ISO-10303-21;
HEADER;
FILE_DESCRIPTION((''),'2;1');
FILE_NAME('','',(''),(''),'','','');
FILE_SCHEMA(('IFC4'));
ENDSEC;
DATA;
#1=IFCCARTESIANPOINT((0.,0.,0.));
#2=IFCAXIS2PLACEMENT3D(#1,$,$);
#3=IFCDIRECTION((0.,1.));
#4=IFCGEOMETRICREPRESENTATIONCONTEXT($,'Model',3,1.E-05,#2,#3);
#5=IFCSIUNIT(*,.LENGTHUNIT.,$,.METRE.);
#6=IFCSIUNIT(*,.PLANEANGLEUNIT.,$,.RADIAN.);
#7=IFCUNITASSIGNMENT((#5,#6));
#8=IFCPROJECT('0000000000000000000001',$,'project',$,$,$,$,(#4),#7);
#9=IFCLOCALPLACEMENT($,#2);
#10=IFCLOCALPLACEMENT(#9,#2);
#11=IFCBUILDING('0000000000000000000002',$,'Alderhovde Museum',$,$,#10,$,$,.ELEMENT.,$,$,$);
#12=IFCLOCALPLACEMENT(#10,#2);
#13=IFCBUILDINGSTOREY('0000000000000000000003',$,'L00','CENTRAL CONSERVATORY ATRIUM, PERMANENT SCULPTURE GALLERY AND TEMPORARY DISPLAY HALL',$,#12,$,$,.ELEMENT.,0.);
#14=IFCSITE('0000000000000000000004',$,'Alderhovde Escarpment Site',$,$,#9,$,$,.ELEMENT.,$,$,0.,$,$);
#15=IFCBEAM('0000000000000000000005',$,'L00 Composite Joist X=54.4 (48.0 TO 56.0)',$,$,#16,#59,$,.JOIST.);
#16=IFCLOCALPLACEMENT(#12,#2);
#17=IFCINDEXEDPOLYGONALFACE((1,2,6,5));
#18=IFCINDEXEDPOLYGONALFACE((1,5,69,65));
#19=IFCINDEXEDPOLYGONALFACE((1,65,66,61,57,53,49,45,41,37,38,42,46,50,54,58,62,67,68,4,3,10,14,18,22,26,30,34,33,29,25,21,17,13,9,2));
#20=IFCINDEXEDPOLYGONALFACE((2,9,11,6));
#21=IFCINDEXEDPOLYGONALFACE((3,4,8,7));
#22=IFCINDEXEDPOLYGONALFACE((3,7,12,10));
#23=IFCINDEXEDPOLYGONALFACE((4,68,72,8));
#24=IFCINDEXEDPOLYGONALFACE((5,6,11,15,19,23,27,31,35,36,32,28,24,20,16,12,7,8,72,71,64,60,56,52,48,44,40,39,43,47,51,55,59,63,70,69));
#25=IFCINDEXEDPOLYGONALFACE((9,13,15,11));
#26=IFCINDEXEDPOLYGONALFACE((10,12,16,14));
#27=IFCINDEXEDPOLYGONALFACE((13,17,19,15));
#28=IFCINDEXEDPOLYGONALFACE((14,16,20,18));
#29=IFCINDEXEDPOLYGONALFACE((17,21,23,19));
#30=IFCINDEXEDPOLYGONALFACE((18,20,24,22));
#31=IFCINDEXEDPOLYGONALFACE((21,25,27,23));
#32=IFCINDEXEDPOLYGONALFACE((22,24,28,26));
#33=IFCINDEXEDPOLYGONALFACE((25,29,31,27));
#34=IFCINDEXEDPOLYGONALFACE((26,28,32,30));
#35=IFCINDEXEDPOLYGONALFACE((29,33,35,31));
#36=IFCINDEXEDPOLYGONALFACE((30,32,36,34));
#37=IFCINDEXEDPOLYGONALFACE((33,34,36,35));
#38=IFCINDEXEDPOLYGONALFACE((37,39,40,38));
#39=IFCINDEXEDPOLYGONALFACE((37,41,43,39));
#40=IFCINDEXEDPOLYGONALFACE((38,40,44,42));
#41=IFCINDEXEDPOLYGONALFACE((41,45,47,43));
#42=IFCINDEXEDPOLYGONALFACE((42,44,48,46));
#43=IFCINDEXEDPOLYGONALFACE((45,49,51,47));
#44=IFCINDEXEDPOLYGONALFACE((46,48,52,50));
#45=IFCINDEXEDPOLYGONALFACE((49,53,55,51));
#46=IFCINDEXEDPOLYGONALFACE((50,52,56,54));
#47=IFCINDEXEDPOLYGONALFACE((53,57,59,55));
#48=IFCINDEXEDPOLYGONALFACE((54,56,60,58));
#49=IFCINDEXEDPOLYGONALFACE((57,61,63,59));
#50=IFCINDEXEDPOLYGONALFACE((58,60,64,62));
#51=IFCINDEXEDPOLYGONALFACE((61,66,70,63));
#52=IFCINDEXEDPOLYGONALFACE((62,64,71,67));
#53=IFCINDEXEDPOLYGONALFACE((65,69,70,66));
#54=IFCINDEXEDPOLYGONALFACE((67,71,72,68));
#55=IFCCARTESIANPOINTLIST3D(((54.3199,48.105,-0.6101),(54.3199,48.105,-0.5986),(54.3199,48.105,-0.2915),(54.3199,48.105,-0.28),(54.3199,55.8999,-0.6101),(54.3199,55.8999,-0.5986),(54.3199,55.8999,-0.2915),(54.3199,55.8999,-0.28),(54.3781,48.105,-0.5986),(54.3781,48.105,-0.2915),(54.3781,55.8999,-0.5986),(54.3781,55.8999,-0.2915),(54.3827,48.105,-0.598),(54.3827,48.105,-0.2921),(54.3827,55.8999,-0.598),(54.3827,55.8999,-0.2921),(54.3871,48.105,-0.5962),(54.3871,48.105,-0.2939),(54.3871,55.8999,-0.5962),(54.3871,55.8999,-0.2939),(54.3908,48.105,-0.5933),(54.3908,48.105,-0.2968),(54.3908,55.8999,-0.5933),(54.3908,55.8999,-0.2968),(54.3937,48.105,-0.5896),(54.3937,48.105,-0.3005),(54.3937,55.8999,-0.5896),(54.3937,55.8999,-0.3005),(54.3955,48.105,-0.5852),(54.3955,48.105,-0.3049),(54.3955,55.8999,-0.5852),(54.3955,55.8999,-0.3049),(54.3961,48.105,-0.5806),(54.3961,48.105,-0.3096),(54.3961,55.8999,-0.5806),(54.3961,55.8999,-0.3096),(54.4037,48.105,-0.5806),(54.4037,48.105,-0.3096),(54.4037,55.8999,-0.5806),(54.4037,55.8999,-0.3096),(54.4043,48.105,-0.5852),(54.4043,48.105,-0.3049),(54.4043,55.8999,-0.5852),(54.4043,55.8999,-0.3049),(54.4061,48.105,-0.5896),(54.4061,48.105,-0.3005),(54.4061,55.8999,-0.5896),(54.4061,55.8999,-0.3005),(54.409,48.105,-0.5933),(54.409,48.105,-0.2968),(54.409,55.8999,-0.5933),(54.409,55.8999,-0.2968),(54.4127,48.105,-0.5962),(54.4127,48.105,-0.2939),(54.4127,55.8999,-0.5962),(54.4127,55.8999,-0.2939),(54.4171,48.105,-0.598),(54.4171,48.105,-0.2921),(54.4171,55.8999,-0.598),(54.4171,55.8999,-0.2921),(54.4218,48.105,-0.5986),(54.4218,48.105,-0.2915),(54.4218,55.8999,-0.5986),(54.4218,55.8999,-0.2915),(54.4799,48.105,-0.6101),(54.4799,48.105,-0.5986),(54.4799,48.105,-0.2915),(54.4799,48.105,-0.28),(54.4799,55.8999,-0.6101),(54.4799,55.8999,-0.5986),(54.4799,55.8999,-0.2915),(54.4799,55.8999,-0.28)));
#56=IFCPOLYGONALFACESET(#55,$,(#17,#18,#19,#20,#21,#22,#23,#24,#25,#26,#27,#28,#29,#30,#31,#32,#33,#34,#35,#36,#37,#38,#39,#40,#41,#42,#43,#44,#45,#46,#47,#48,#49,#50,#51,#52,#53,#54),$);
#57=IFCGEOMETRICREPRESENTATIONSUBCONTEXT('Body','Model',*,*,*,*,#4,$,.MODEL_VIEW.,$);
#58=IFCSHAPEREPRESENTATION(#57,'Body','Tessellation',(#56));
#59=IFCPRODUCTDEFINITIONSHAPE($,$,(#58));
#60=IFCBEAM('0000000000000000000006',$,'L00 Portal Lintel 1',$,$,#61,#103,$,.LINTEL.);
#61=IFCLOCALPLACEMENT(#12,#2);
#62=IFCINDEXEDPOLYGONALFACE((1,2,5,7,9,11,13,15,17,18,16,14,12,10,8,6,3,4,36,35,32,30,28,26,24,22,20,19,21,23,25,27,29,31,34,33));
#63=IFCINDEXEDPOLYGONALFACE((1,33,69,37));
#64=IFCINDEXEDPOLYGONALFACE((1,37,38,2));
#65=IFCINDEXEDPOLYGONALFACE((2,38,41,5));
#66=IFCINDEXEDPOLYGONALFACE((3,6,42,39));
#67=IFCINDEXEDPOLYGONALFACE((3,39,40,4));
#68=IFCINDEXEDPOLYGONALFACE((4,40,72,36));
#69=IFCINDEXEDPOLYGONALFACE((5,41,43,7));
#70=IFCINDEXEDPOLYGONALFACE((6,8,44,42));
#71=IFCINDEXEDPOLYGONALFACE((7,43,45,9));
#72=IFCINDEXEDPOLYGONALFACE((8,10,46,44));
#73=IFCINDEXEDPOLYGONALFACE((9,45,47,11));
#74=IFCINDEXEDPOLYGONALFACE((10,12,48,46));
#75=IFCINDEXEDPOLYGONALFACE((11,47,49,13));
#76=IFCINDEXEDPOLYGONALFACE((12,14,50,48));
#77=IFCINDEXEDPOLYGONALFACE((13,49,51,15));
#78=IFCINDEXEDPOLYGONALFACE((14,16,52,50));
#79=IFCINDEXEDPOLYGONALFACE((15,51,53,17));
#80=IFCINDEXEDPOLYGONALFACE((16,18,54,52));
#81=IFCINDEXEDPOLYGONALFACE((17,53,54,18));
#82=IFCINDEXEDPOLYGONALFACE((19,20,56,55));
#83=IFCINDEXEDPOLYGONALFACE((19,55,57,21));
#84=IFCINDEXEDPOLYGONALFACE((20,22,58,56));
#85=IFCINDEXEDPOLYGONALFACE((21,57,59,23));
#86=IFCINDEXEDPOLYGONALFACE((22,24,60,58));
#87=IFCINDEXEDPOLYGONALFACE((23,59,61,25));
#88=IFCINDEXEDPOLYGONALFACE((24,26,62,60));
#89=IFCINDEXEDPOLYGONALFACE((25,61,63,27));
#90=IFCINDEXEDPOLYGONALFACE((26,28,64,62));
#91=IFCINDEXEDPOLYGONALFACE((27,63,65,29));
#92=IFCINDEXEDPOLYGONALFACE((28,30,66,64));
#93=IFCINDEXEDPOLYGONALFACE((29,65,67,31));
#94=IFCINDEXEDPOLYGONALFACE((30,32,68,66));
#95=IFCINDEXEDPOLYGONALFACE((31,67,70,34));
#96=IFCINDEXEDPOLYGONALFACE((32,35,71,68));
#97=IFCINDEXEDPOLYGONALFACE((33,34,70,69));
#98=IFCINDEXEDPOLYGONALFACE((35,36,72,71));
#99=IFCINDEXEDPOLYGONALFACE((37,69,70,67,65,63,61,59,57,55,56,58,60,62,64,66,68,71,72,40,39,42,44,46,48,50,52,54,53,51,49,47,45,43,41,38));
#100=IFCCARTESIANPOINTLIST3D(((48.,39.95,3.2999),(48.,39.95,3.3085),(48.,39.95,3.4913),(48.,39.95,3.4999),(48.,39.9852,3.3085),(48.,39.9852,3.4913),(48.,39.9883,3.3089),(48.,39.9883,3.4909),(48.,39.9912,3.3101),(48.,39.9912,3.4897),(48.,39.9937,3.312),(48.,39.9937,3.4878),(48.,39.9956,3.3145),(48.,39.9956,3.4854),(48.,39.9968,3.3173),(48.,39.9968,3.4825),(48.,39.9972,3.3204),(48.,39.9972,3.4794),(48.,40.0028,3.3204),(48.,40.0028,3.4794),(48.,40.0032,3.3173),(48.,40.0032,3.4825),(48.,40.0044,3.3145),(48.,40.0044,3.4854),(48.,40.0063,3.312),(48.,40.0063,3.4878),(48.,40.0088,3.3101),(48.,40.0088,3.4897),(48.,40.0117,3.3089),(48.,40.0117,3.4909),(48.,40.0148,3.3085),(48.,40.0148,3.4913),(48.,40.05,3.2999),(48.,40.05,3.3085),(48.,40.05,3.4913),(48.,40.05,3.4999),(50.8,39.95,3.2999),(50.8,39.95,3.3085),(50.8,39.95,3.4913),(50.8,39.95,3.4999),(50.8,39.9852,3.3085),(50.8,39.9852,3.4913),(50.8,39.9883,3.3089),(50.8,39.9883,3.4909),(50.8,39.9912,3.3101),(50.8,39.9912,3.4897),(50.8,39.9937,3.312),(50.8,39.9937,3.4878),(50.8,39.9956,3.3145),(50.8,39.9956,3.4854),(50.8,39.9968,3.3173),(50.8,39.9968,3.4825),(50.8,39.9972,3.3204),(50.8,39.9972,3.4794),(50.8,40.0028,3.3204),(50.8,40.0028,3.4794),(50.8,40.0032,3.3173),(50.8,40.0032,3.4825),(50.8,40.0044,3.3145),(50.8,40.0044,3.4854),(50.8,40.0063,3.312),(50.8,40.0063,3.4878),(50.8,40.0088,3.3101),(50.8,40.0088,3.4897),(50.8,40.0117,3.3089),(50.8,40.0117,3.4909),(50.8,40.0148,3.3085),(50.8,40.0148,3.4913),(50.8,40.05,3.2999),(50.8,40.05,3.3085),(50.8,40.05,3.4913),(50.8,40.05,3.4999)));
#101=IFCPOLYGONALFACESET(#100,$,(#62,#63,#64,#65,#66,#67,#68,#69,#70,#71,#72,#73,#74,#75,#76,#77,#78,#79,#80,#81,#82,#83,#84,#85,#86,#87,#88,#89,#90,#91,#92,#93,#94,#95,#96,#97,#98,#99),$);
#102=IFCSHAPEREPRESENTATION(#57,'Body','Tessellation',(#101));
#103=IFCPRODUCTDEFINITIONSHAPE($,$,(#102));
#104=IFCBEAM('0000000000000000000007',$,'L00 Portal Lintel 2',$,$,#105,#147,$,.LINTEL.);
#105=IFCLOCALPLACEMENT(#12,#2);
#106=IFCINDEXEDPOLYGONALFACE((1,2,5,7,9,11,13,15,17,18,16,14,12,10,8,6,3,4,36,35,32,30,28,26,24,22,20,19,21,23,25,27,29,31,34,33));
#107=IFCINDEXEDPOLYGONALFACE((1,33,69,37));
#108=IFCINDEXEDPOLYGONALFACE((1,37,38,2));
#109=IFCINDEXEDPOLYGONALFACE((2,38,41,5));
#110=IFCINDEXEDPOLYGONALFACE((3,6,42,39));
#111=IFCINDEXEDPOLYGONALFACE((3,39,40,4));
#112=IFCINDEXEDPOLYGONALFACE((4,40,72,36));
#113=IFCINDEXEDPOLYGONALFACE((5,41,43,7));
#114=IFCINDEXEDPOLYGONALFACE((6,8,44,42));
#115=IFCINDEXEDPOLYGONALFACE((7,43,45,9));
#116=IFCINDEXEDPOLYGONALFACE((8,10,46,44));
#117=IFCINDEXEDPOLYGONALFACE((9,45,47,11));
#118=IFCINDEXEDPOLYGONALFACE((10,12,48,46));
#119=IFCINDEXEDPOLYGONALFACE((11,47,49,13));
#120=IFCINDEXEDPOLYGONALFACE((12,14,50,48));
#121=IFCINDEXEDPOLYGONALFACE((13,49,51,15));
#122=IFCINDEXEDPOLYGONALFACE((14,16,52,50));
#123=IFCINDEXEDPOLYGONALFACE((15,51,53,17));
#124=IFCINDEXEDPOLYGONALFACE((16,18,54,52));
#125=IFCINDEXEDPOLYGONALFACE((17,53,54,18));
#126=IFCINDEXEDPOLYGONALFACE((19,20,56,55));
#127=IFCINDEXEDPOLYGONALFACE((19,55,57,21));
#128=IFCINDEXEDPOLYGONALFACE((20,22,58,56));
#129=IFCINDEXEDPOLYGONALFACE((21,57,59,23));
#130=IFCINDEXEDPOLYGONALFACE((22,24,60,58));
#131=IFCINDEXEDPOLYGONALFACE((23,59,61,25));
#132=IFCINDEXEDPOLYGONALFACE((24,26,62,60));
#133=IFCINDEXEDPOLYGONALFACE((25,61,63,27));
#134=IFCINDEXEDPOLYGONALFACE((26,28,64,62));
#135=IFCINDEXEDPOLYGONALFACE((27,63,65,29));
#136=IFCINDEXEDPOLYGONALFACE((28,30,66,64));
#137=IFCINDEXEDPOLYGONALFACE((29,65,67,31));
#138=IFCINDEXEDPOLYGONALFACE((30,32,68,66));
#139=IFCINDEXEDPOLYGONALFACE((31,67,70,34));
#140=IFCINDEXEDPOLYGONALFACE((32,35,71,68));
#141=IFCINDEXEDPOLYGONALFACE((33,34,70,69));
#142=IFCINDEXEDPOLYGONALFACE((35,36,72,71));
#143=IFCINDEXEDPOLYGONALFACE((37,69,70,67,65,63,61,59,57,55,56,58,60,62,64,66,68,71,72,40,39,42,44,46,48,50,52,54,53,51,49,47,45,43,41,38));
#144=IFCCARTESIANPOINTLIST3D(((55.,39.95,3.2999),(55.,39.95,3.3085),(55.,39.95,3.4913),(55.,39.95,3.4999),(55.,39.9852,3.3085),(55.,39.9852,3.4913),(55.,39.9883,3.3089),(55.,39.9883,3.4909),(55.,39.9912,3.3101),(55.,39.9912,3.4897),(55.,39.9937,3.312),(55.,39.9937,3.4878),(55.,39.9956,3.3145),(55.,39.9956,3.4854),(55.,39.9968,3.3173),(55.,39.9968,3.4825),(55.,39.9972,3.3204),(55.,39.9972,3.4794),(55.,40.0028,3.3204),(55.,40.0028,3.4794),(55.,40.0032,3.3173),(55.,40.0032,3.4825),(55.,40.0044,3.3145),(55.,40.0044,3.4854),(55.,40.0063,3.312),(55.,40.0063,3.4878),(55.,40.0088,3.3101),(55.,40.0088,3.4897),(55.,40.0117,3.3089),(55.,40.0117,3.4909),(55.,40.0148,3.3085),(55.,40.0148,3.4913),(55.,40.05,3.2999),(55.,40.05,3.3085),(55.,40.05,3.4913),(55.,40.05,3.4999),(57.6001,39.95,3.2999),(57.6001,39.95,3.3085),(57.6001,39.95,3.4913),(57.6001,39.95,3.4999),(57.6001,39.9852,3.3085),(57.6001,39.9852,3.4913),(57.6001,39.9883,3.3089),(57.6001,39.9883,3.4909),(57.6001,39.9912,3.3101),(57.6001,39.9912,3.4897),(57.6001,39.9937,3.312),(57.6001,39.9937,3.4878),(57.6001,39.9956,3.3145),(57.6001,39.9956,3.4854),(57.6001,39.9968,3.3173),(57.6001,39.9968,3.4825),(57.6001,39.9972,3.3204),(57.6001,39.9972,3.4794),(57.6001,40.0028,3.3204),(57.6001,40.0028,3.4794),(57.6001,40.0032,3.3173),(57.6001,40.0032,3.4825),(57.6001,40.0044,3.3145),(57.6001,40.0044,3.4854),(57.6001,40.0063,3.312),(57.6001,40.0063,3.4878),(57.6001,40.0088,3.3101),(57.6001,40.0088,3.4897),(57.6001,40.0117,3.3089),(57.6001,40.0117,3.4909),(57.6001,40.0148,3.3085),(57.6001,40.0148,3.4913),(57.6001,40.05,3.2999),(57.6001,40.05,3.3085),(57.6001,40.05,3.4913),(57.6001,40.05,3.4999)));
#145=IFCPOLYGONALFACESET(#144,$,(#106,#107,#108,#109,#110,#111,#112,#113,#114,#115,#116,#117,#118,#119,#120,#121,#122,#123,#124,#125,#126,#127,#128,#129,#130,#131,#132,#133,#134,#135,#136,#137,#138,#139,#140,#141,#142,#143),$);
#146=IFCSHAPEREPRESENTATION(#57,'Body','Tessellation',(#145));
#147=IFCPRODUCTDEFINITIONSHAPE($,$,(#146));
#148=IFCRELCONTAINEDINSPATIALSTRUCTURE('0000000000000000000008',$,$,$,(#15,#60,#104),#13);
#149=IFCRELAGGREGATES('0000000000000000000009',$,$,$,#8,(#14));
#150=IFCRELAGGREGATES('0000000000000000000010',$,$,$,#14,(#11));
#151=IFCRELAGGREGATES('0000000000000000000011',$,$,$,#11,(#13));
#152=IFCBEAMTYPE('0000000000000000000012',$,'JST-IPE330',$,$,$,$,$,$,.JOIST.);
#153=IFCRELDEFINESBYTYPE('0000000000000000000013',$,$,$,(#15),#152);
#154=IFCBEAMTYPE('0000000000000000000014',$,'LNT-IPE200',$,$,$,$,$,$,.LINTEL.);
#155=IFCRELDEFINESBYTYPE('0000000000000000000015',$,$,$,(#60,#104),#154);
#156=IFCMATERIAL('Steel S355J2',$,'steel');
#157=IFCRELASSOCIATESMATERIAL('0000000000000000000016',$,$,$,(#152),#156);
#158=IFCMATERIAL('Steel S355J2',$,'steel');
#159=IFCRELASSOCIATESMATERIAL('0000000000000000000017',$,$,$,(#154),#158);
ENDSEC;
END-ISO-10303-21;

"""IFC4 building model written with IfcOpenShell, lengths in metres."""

from ifc_helpers import new_model, si_unit, direction, frame, origin, origin_2d, place, context, subcontext, project, spatial, i_section, extrude, material, material_profile, profile_set, type_object, element, save


model = new_model("IFC4")

# Units and contexts
model_context = context("Model", 3, precision=1e-05, world=origin(), true_north=direction((0.0, 1.0)))
body_context = subcontext(model_context, "Body", "Model", "MODEL_VIEW")
ifc_project = project(units=[si_unit("LENGTHUNIT", "METRE"), si_unit("PLANEANGLEUNIT", "RADIAN")], contexts=[model_context])

# Site, building, storey
site_placement = place(None, origin())
site = spatial("IfcSite", under=ifc_project, at=site_placement, Name="Alderhovde Escarpment Site", CompositionType="ELEMENT", RefElevation=0.0)
building_placement = place(site_placement, origin())
building = spatial("IfcBuilding", under=site, at=building_placement, Name="Alderhovde Museum", CompositionType="ELEMENT")
storey_placement = place(building_placement, origin())
storey = spatial("IfcBuildingStorey", under=building, at=storey_placement, Name="L00", Description="CENTRAL CONSERVATORY ATRIUM, PERMANENT SCULPTURE GALLERY AND TEMPORARY DISPLAY HALL", CompositionType="ELEMENT", Elevation=0.0)

# Beams
ifc_material_1 = material(Name="Steel S355J2", Category="steel")
ifc_material_profile_1 = material_profile(ifc_material_1, i_section(OverallWidth=0.1599, OverallDepth=0.3301, WebThickness=0.0076, FlangeThickness=0.0115, FilletRadius=0.0181, at=origin_2d()), Name="IPE 330")
ifc_profile_set_1 = profile_set([ifc_material_profile_1], Name="Steel S355J2")
beam_type_1 = type_object("IfcBeamType", Name="JST-IPE330", PredefinedType="JOIST", material=ifc_profile_set_1)
for number, where, z_axis, x_axis, name in (
    (1, (54.3999, 48.105, -0.4451), (0.0, 1.0, 0.0), (-1.0, 0.0, 0.0), "L00 Composite Joist X=54.4 (48.0 TO 56.0)"),
):
    element("IfcBeam", number, at=place(storey_placement, frame(where, z_axis=z_axis, x_axis=x_axis)), inside=storey, type_object=beam_type_1, Name=name, PredefinedType="JOIST", context=body_context, shape_type="SweptSolid", body=[
        extrude(i_section(OverallWidth=0.1599, OverallDepth=0.3301, WebThickness=0.0076, FlangeThickness=0.0115, FilletRadius=0.0181, at=origin_2d()), origin(), (0.0, 0.0, 1.0), 7.7949),
    ])
ifc_material_2 = material(Name="Steel S355J2", Category="steel")
ifc_material_profile_2 = material_profile(ifc_material_2, i_section(OverallWidth=0.1001, OverallDepth=0.2, WebThickness=0.0056, FlangeThickness=0.0085, FilletRadius=0.012, at=origin_2d()), Name="IPE 200")
ifc_profile_set_2 = profile_set([ifc_material_profile_2], Name="Steel S355J2")
beam_type_2 = type_object("IfcBeamType", Name="LNT-IPE200", PredefinedType="LINTEL", material=ifc_profile_set_2)
beam_1_placement = place(storey_placement, frame((48.0, 40.0, 3.3999), z_axis=(1.0, 0.0, 0.0), x_axis=(0.0, 1.0, 0.0)))
element("IfcBeam", 2, at=beam_1_placement, inside=storey, type_object=beam_type_2, Name="L00 Portal Lintel 1", PredefinedType="LINTEL", context=body_context, shape_type="SweptSolid", body=[
    extrude(i_section(OverallWidth=0.1001, OverallDepth=0.2, WebThickness=0.0056, FlangeThickness=0.0085, FilletRadius=0.012, at=origin_2d()), origin(), (0.0, 0.0, 1.0), 2.8),
])
beam_2_placement = place(storey_placement, frame((55.0, 40.0, 3.3999), z_axis=(1.0, 0.0, 0.0), x_axis=(0.0, 1.0, 0.0)))
element("IfcBeam", 3, at=beam_2_placement, inside=storey, type_object=beam_type_2, Name="L00 Portal Lintel 2", PredefinedType="LINTEL", context=body_context, shape_type="SweptSolid", body=[
    extrude(i_section(OverallWidth=0.1001, OverallDepth=0.2, WebThickness=0.0056, FlangeThickness=0.0085, FilletRadius=0.012, at=origin_2d()), origin(), (0.0, 0.0, 1.0), 2.6001),
])

save(model, "model.ifc")
